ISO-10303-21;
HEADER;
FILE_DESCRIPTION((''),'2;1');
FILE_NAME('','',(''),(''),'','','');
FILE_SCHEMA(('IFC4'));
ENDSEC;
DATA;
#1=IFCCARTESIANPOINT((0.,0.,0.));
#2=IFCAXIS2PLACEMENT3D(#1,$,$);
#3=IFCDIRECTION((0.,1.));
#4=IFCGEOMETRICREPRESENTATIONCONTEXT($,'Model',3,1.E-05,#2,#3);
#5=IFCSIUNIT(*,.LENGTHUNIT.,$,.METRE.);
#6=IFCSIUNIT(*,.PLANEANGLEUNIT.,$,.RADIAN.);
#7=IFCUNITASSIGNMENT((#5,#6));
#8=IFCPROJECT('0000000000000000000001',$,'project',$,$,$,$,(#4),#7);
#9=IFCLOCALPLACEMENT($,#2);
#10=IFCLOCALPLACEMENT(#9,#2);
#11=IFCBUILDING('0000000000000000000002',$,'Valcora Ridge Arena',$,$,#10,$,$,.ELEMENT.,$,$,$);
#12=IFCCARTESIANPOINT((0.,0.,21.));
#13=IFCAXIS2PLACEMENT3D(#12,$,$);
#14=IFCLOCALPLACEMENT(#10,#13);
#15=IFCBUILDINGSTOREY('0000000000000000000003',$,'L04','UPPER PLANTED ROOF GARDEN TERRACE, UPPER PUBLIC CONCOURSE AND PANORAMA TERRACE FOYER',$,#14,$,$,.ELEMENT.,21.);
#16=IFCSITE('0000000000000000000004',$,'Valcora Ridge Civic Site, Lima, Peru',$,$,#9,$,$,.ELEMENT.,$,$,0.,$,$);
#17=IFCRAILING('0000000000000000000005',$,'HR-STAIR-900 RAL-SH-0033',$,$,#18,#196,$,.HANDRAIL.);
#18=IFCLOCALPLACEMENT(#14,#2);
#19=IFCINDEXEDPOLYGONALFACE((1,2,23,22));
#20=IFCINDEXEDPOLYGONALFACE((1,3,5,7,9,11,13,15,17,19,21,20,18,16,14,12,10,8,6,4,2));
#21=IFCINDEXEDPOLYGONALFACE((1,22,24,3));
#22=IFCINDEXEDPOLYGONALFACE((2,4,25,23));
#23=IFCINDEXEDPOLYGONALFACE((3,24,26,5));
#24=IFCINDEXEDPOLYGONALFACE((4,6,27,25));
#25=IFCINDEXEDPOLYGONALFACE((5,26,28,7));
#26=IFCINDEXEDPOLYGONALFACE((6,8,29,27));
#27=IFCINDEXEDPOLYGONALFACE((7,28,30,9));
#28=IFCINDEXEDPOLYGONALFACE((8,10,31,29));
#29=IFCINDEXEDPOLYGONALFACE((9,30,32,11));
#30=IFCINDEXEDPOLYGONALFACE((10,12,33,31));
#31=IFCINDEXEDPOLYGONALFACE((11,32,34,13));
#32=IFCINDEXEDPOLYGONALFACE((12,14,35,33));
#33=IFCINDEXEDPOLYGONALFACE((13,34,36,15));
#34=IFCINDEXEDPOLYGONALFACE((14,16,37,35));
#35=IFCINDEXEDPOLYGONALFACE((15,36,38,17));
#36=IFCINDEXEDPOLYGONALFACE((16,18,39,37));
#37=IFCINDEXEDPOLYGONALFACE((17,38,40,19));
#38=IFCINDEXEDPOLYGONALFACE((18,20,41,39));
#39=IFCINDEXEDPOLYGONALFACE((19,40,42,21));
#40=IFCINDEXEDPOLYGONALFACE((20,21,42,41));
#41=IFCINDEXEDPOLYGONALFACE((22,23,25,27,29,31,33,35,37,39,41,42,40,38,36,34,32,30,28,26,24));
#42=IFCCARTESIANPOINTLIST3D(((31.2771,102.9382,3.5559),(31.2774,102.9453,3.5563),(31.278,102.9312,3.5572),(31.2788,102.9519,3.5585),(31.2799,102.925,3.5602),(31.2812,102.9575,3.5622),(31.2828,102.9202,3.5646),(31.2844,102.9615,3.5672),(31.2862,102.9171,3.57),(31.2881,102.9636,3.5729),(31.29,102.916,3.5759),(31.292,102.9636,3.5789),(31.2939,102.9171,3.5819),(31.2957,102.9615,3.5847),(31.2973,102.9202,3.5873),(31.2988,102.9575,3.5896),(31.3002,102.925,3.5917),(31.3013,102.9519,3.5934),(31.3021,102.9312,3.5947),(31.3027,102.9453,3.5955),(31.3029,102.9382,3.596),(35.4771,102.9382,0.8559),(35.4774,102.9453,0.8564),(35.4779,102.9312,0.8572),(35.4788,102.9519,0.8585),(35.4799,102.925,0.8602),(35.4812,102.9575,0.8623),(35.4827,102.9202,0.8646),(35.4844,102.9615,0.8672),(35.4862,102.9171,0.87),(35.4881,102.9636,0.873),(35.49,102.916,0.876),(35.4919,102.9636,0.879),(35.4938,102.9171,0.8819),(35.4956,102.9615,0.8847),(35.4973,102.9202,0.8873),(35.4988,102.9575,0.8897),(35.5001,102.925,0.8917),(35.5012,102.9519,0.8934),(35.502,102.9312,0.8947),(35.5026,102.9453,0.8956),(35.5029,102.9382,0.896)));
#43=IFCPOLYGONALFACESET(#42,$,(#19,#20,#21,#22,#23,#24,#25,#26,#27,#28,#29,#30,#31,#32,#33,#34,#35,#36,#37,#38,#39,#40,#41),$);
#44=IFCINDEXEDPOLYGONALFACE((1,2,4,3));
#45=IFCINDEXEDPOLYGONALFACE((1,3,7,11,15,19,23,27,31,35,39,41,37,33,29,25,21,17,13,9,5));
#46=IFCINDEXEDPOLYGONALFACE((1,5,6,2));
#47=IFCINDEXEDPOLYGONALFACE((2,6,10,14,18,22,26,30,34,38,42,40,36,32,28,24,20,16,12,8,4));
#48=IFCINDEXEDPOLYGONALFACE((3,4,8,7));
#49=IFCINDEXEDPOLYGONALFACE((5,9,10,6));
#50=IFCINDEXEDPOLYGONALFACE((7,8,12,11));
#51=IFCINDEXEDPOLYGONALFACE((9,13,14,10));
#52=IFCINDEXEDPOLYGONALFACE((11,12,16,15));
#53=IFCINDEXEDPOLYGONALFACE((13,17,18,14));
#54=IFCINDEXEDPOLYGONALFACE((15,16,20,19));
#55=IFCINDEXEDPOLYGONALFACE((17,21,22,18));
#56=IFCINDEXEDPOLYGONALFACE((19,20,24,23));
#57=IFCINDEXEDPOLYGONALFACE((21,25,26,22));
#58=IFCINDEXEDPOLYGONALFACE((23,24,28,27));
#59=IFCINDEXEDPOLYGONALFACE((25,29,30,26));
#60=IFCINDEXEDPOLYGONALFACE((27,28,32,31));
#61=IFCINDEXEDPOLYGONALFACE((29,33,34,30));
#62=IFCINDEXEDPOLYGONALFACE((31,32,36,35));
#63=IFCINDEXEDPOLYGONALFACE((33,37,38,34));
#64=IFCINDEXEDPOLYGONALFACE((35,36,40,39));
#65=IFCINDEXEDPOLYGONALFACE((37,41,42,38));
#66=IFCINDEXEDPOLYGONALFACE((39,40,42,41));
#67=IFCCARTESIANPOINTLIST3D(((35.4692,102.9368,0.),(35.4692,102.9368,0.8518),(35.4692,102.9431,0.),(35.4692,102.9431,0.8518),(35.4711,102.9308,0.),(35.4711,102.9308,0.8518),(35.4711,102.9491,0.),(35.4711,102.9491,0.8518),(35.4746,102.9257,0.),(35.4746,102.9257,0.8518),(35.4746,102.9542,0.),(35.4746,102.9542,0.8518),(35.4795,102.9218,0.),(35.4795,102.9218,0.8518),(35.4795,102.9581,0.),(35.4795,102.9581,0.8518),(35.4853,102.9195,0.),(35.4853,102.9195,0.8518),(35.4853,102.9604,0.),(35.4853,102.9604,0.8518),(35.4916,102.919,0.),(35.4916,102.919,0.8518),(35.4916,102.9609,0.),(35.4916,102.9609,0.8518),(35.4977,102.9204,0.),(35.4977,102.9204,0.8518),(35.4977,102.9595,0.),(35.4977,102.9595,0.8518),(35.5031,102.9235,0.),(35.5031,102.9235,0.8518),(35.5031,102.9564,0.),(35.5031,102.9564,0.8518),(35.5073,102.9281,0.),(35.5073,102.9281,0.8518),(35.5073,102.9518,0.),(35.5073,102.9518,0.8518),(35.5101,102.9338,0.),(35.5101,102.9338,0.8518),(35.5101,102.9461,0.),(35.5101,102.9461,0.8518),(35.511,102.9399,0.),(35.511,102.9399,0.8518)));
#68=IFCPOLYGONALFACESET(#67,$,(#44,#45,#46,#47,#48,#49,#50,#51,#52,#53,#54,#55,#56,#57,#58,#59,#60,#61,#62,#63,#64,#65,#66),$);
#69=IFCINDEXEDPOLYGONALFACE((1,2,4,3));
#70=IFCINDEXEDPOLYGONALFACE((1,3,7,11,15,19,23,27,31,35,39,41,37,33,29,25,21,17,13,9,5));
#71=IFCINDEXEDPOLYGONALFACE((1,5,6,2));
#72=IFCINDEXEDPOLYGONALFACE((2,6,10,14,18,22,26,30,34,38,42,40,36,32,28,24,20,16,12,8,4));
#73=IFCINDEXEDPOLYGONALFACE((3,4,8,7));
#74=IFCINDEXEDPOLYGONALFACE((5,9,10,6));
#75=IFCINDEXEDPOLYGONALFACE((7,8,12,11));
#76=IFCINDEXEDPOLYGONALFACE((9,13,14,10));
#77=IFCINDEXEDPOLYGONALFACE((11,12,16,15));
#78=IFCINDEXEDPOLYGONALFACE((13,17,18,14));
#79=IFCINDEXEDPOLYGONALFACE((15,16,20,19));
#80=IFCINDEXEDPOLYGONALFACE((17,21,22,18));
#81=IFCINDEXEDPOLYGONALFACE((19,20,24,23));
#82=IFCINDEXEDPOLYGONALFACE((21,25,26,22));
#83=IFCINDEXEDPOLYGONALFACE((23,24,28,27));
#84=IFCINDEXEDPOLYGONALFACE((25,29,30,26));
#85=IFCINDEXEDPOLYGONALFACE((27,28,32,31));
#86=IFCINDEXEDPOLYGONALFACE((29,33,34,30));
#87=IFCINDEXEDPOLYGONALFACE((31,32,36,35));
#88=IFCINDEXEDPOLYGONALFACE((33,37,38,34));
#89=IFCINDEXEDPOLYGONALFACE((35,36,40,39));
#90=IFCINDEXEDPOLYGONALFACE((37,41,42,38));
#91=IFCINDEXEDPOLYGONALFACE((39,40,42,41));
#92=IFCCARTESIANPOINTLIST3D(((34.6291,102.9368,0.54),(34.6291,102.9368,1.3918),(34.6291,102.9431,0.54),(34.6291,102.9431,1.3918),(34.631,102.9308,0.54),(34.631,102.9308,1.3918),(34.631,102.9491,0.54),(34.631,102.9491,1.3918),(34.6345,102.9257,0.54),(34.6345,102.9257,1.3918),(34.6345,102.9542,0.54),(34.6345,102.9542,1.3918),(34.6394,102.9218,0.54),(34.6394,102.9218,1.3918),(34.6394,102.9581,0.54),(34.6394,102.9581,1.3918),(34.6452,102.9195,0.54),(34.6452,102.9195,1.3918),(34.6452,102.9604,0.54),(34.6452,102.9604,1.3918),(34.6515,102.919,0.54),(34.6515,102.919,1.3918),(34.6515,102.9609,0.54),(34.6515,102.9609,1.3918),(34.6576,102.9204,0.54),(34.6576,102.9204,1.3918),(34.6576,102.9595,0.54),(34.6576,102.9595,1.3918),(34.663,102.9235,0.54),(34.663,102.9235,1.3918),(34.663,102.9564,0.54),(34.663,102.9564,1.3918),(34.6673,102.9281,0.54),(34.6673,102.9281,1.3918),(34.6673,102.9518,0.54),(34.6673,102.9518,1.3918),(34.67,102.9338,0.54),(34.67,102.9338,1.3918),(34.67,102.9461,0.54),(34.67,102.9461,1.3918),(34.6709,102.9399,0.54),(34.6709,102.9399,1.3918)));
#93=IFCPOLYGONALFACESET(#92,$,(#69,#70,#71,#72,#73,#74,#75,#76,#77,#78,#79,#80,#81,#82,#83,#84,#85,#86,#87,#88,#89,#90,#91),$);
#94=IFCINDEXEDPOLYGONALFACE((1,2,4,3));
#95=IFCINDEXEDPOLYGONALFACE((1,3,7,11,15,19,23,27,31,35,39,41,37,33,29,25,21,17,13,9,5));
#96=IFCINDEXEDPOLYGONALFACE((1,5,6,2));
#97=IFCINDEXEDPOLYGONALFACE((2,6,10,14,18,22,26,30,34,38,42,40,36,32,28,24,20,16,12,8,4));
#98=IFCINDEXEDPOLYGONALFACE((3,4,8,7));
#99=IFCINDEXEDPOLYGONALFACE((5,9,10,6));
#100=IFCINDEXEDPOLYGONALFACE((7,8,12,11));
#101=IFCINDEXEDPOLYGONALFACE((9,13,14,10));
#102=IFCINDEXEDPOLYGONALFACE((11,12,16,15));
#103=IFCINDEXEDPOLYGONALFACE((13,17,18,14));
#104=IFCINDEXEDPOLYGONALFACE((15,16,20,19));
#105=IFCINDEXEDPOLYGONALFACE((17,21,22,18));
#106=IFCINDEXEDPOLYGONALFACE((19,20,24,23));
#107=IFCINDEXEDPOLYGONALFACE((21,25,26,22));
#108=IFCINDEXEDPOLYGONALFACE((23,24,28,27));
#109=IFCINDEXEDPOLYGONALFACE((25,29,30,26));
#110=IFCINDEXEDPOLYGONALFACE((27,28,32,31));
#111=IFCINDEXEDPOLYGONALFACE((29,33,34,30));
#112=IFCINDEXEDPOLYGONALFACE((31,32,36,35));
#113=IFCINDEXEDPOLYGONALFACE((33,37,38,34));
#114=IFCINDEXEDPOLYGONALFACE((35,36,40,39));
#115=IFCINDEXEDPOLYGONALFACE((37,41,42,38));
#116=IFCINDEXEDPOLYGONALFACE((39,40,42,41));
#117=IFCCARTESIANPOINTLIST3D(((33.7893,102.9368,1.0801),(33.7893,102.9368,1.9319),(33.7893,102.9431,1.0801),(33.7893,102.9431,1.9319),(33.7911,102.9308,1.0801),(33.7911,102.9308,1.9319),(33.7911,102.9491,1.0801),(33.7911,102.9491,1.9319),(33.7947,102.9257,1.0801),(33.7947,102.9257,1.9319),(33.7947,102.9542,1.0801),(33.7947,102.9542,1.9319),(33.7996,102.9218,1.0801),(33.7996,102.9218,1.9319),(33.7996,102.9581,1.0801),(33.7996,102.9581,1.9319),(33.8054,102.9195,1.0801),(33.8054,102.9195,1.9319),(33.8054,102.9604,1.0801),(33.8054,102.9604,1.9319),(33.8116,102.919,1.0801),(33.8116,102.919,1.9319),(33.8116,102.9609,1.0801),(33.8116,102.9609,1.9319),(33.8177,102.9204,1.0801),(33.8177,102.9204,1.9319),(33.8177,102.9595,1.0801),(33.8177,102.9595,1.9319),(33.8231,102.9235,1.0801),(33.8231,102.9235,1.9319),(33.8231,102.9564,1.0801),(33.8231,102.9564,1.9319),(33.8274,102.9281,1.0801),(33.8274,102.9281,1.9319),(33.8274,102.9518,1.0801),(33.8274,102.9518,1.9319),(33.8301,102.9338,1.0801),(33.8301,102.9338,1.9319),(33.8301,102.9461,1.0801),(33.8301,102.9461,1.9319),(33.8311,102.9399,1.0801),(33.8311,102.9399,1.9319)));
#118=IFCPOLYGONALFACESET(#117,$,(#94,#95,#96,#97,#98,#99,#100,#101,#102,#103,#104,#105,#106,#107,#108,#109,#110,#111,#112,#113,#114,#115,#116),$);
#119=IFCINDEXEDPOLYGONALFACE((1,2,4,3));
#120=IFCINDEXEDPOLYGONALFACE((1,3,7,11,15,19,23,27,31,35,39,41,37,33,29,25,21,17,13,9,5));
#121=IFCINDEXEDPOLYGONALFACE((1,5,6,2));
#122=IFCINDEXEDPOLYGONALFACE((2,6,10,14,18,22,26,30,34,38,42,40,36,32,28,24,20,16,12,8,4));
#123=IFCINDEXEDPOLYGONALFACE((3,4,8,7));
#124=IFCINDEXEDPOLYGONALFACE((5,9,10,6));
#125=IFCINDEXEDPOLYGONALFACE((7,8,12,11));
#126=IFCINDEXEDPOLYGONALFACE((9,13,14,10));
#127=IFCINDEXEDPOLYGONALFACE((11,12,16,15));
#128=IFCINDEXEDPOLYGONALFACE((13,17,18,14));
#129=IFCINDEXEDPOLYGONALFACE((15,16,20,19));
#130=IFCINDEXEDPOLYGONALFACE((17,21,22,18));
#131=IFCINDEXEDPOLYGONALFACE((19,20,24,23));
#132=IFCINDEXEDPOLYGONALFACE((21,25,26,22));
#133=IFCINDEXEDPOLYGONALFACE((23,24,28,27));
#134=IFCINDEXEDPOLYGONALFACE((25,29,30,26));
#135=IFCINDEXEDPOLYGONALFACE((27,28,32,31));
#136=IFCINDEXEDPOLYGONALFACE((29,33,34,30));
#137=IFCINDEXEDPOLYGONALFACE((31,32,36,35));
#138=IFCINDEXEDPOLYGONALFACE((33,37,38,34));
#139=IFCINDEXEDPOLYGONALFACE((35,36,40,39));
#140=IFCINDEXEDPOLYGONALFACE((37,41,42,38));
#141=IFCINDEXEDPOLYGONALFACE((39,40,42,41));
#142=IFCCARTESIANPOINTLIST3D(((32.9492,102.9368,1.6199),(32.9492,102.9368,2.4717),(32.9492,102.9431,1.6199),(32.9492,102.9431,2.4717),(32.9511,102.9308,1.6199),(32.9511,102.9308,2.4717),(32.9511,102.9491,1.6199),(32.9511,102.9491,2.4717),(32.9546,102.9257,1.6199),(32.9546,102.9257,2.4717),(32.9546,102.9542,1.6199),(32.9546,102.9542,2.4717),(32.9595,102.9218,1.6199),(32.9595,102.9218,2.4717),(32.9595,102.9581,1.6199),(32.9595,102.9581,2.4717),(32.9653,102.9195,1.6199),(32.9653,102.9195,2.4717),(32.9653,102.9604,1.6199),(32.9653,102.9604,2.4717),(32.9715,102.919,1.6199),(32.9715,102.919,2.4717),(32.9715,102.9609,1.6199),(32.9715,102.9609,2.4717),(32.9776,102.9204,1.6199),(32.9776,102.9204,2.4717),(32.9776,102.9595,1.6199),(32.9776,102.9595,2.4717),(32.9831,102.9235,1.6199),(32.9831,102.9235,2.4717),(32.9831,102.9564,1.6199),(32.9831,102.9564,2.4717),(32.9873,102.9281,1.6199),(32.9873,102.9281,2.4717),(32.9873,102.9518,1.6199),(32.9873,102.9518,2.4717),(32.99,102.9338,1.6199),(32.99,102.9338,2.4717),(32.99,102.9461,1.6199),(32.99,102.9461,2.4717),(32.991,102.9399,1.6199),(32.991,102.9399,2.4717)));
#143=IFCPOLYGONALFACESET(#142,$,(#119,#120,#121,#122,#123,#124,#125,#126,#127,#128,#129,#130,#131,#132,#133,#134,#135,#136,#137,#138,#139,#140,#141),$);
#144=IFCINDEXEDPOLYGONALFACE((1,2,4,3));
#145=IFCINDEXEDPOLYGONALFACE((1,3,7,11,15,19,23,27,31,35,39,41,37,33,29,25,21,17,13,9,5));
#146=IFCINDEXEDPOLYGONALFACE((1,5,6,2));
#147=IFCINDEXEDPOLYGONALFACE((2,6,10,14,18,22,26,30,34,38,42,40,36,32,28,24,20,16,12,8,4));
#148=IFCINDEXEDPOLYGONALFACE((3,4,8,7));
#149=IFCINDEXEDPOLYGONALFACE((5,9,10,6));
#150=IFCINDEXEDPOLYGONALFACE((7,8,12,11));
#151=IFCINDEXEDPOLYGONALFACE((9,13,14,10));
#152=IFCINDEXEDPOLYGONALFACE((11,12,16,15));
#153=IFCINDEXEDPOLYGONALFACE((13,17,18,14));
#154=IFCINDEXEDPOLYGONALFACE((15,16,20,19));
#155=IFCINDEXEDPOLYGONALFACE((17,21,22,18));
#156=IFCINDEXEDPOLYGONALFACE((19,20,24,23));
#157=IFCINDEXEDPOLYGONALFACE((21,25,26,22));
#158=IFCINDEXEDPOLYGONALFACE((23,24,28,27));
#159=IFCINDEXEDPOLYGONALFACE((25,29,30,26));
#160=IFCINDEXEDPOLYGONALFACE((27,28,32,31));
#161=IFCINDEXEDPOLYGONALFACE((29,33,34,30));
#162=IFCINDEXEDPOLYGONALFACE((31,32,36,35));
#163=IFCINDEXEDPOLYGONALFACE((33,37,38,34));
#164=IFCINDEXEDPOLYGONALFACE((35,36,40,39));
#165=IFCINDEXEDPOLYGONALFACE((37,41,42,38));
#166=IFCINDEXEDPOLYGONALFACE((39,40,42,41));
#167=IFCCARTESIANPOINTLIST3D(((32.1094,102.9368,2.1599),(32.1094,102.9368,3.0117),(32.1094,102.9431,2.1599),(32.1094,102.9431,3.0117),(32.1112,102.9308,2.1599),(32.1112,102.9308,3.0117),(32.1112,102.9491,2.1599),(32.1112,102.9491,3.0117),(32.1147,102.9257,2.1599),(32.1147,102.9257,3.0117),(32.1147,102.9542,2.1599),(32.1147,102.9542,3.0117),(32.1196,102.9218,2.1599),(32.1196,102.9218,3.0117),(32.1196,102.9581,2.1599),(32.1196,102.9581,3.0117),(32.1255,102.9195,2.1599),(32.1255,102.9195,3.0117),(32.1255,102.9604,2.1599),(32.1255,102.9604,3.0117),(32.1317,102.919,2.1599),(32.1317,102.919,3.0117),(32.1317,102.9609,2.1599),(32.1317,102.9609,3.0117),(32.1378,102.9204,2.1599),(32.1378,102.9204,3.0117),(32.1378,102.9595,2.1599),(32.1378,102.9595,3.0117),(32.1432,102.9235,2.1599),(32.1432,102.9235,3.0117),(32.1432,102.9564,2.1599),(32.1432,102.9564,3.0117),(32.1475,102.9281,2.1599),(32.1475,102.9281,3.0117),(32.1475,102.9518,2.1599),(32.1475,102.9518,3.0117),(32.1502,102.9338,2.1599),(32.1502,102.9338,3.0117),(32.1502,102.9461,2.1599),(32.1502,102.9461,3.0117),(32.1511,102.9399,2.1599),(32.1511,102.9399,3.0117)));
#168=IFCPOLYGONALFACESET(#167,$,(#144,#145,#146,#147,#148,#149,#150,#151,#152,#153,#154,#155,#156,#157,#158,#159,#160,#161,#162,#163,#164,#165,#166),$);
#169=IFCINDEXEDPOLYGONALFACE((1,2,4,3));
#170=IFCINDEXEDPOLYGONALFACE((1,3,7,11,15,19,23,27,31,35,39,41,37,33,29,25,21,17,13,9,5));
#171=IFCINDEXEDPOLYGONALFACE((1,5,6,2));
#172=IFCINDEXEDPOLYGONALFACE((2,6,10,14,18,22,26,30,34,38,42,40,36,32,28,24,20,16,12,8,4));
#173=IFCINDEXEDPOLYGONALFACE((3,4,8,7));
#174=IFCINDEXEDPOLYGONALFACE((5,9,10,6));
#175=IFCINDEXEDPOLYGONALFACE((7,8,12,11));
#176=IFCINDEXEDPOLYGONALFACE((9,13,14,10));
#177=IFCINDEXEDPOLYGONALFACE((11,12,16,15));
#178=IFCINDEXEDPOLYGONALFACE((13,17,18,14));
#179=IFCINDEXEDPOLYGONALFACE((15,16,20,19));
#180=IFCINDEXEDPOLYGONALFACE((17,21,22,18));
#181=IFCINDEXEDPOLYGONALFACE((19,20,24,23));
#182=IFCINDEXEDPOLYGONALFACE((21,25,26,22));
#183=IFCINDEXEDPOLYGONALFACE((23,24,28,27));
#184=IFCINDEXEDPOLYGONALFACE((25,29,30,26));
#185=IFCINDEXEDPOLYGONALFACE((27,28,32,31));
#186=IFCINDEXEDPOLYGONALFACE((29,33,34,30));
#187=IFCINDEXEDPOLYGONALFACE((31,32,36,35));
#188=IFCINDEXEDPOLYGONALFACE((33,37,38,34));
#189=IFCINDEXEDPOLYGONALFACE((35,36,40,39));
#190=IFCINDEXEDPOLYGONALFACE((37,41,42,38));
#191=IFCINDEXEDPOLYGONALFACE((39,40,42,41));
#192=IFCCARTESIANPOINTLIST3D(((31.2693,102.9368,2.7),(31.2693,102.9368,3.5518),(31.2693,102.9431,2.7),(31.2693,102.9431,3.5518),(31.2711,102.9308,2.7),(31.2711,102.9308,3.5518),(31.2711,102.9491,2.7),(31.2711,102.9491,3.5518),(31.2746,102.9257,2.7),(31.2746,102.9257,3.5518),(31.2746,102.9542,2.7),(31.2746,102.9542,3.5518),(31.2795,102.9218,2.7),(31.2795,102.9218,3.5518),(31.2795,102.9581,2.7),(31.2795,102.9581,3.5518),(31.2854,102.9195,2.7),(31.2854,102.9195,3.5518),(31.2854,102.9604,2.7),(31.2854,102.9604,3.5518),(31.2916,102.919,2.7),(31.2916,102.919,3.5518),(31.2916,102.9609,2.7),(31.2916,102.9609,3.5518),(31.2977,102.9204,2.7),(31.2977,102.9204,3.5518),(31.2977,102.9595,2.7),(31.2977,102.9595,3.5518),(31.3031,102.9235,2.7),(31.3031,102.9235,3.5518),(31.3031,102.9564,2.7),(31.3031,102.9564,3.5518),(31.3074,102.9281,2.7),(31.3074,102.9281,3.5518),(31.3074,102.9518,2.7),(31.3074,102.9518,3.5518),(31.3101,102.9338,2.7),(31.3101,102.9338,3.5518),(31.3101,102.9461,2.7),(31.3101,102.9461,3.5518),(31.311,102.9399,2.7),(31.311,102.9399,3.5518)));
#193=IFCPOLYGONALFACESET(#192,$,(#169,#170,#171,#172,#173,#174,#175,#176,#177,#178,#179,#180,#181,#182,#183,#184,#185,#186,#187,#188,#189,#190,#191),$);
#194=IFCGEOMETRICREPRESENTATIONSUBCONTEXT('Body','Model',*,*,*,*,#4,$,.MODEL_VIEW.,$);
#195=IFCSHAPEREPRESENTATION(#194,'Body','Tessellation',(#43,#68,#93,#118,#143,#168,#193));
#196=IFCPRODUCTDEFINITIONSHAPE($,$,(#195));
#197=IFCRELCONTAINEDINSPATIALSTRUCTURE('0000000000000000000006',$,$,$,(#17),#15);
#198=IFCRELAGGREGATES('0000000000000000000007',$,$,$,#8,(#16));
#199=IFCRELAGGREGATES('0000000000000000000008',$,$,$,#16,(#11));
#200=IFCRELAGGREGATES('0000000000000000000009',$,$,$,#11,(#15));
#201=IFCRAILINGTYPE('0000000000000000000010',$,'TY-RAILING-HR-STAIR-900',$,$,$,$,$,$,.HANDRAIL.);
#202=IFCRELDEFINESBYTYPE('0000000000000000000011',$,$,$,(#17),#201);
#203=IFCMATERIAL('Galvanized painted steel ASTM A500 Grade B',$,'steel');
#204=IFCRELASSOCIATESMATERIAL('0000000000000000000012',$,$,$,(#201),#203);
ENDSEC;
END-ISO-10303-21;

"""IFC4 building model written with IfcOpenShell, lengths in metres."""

from ifc_helpers import new_model, si_unit, direction, frame, origin, origin_2d, place, context, subcontext, project, spatial, circle, extrude, material, type_object, element, save


model = new_model("IFC4")

# Units and contexts
model_context = context("Model", 3, precision=1e-05, world=origin(), true_north=direction((0.0, 1.0)))
body_context = subcontext(model_context, "Body", "Model", "MODEL_VIEW")
ifc_project = project(units=[si_unit("LENGTHUNIT", "METRE"), si_unit("PLANEANGLEUNIT", "RADIAN")], contexts=[model_context])

# Site, building, storey
site_placement = place(None, origin())
site = spatial("IfcSite", under=ifc_project, at=site_placement, Name="Valcora Ridge Civic Site, Lima, Peru", CompositionType="ELEMENT", RefElevation=0.0)
building_placement = place(site_placement, origin())
building = spatial("IfcBuilding", under=site, at=building_placement, Name="Valcora Ridge Arena", CompositionType="ELEMENT")
storey_placement = place(building_placement, frame((0.0, 0.0, 21.0)))
storey = spatial("IfcBuildingStorey", under=building, at=storey_placement, Name="L04", Description="UPPER PLANTED ROOF GARDEN TERRACE, UPPER PUBLIC CONCOURSE AND PANORAMA TERRACE FOYER", CompositionType="ELEMENT", Elevation=21.0)

# Railing
ifc_material_1 = material(Name="Galvanized painted steel ASTM A500 Grade B", Category="steel")
railing_type_1 = type_object("IfcRailingType", Name="TY-RAILING-HR-STAIR-900", PredefinedType="HANDRAIL", material=ifc_material_1)
railing_1_placement = place(storey_placement, frame((35.49, 102.9399, 0.0)))
element("IfcRailing", 1, at=railing_1_placement, inside=storey, type_object=railing_type_1, Name="HR-STAIR-900 RAL-SH-0033", PredefinedType="HANDRAIL", context=body_context, shape_type="SweptSolid", body=[
    extrude(circle(Radius=0.0239, at=origin_2d()), frame((0.0, 0.0, 0.876), z_axis=(-0.84118, 0.0, 0.540755), x_axis=(0.0, -1.0, 0.0)), (0.0, 0.0, 1.0), 4.9929),
    extrude(circle(Radius=0.021, at=origin_2d()), origin(), (0.0, 0.0, 1.0), 0.8518),
    extrude(circle(Radius=0.021, at=origin_2d()), frame((-0.8401, 0.0, 0.54)), (0.0, 0.0, 1.0), 0.8518),
    extrude(circle(Radius=0.021, at=origin_2d()), frame((-1.6799, 0.0, 1.0801)), (0.0, 0.0, 1.0), 0.8518),
    extrude(circle(Radius=0.021, at=origin_2d()), frame((-2.52, 0.0, 1.6199)), (0.0, 0.0, 1.0), 0.8518),
    extrude(circle(Radius=0.021, at=origin_2d()), frame((-3.3599, 0.0, 2.1599)), (0.0, 0.0, 1.0), 0.8518),
    extrude(circle(Radius=0.021, at=origin_2d()), frame((-4.2, 0.0, 2.7)), (0.0, 0.0, 1.0), 0.8518),
])

save(model, "model.ifc")
